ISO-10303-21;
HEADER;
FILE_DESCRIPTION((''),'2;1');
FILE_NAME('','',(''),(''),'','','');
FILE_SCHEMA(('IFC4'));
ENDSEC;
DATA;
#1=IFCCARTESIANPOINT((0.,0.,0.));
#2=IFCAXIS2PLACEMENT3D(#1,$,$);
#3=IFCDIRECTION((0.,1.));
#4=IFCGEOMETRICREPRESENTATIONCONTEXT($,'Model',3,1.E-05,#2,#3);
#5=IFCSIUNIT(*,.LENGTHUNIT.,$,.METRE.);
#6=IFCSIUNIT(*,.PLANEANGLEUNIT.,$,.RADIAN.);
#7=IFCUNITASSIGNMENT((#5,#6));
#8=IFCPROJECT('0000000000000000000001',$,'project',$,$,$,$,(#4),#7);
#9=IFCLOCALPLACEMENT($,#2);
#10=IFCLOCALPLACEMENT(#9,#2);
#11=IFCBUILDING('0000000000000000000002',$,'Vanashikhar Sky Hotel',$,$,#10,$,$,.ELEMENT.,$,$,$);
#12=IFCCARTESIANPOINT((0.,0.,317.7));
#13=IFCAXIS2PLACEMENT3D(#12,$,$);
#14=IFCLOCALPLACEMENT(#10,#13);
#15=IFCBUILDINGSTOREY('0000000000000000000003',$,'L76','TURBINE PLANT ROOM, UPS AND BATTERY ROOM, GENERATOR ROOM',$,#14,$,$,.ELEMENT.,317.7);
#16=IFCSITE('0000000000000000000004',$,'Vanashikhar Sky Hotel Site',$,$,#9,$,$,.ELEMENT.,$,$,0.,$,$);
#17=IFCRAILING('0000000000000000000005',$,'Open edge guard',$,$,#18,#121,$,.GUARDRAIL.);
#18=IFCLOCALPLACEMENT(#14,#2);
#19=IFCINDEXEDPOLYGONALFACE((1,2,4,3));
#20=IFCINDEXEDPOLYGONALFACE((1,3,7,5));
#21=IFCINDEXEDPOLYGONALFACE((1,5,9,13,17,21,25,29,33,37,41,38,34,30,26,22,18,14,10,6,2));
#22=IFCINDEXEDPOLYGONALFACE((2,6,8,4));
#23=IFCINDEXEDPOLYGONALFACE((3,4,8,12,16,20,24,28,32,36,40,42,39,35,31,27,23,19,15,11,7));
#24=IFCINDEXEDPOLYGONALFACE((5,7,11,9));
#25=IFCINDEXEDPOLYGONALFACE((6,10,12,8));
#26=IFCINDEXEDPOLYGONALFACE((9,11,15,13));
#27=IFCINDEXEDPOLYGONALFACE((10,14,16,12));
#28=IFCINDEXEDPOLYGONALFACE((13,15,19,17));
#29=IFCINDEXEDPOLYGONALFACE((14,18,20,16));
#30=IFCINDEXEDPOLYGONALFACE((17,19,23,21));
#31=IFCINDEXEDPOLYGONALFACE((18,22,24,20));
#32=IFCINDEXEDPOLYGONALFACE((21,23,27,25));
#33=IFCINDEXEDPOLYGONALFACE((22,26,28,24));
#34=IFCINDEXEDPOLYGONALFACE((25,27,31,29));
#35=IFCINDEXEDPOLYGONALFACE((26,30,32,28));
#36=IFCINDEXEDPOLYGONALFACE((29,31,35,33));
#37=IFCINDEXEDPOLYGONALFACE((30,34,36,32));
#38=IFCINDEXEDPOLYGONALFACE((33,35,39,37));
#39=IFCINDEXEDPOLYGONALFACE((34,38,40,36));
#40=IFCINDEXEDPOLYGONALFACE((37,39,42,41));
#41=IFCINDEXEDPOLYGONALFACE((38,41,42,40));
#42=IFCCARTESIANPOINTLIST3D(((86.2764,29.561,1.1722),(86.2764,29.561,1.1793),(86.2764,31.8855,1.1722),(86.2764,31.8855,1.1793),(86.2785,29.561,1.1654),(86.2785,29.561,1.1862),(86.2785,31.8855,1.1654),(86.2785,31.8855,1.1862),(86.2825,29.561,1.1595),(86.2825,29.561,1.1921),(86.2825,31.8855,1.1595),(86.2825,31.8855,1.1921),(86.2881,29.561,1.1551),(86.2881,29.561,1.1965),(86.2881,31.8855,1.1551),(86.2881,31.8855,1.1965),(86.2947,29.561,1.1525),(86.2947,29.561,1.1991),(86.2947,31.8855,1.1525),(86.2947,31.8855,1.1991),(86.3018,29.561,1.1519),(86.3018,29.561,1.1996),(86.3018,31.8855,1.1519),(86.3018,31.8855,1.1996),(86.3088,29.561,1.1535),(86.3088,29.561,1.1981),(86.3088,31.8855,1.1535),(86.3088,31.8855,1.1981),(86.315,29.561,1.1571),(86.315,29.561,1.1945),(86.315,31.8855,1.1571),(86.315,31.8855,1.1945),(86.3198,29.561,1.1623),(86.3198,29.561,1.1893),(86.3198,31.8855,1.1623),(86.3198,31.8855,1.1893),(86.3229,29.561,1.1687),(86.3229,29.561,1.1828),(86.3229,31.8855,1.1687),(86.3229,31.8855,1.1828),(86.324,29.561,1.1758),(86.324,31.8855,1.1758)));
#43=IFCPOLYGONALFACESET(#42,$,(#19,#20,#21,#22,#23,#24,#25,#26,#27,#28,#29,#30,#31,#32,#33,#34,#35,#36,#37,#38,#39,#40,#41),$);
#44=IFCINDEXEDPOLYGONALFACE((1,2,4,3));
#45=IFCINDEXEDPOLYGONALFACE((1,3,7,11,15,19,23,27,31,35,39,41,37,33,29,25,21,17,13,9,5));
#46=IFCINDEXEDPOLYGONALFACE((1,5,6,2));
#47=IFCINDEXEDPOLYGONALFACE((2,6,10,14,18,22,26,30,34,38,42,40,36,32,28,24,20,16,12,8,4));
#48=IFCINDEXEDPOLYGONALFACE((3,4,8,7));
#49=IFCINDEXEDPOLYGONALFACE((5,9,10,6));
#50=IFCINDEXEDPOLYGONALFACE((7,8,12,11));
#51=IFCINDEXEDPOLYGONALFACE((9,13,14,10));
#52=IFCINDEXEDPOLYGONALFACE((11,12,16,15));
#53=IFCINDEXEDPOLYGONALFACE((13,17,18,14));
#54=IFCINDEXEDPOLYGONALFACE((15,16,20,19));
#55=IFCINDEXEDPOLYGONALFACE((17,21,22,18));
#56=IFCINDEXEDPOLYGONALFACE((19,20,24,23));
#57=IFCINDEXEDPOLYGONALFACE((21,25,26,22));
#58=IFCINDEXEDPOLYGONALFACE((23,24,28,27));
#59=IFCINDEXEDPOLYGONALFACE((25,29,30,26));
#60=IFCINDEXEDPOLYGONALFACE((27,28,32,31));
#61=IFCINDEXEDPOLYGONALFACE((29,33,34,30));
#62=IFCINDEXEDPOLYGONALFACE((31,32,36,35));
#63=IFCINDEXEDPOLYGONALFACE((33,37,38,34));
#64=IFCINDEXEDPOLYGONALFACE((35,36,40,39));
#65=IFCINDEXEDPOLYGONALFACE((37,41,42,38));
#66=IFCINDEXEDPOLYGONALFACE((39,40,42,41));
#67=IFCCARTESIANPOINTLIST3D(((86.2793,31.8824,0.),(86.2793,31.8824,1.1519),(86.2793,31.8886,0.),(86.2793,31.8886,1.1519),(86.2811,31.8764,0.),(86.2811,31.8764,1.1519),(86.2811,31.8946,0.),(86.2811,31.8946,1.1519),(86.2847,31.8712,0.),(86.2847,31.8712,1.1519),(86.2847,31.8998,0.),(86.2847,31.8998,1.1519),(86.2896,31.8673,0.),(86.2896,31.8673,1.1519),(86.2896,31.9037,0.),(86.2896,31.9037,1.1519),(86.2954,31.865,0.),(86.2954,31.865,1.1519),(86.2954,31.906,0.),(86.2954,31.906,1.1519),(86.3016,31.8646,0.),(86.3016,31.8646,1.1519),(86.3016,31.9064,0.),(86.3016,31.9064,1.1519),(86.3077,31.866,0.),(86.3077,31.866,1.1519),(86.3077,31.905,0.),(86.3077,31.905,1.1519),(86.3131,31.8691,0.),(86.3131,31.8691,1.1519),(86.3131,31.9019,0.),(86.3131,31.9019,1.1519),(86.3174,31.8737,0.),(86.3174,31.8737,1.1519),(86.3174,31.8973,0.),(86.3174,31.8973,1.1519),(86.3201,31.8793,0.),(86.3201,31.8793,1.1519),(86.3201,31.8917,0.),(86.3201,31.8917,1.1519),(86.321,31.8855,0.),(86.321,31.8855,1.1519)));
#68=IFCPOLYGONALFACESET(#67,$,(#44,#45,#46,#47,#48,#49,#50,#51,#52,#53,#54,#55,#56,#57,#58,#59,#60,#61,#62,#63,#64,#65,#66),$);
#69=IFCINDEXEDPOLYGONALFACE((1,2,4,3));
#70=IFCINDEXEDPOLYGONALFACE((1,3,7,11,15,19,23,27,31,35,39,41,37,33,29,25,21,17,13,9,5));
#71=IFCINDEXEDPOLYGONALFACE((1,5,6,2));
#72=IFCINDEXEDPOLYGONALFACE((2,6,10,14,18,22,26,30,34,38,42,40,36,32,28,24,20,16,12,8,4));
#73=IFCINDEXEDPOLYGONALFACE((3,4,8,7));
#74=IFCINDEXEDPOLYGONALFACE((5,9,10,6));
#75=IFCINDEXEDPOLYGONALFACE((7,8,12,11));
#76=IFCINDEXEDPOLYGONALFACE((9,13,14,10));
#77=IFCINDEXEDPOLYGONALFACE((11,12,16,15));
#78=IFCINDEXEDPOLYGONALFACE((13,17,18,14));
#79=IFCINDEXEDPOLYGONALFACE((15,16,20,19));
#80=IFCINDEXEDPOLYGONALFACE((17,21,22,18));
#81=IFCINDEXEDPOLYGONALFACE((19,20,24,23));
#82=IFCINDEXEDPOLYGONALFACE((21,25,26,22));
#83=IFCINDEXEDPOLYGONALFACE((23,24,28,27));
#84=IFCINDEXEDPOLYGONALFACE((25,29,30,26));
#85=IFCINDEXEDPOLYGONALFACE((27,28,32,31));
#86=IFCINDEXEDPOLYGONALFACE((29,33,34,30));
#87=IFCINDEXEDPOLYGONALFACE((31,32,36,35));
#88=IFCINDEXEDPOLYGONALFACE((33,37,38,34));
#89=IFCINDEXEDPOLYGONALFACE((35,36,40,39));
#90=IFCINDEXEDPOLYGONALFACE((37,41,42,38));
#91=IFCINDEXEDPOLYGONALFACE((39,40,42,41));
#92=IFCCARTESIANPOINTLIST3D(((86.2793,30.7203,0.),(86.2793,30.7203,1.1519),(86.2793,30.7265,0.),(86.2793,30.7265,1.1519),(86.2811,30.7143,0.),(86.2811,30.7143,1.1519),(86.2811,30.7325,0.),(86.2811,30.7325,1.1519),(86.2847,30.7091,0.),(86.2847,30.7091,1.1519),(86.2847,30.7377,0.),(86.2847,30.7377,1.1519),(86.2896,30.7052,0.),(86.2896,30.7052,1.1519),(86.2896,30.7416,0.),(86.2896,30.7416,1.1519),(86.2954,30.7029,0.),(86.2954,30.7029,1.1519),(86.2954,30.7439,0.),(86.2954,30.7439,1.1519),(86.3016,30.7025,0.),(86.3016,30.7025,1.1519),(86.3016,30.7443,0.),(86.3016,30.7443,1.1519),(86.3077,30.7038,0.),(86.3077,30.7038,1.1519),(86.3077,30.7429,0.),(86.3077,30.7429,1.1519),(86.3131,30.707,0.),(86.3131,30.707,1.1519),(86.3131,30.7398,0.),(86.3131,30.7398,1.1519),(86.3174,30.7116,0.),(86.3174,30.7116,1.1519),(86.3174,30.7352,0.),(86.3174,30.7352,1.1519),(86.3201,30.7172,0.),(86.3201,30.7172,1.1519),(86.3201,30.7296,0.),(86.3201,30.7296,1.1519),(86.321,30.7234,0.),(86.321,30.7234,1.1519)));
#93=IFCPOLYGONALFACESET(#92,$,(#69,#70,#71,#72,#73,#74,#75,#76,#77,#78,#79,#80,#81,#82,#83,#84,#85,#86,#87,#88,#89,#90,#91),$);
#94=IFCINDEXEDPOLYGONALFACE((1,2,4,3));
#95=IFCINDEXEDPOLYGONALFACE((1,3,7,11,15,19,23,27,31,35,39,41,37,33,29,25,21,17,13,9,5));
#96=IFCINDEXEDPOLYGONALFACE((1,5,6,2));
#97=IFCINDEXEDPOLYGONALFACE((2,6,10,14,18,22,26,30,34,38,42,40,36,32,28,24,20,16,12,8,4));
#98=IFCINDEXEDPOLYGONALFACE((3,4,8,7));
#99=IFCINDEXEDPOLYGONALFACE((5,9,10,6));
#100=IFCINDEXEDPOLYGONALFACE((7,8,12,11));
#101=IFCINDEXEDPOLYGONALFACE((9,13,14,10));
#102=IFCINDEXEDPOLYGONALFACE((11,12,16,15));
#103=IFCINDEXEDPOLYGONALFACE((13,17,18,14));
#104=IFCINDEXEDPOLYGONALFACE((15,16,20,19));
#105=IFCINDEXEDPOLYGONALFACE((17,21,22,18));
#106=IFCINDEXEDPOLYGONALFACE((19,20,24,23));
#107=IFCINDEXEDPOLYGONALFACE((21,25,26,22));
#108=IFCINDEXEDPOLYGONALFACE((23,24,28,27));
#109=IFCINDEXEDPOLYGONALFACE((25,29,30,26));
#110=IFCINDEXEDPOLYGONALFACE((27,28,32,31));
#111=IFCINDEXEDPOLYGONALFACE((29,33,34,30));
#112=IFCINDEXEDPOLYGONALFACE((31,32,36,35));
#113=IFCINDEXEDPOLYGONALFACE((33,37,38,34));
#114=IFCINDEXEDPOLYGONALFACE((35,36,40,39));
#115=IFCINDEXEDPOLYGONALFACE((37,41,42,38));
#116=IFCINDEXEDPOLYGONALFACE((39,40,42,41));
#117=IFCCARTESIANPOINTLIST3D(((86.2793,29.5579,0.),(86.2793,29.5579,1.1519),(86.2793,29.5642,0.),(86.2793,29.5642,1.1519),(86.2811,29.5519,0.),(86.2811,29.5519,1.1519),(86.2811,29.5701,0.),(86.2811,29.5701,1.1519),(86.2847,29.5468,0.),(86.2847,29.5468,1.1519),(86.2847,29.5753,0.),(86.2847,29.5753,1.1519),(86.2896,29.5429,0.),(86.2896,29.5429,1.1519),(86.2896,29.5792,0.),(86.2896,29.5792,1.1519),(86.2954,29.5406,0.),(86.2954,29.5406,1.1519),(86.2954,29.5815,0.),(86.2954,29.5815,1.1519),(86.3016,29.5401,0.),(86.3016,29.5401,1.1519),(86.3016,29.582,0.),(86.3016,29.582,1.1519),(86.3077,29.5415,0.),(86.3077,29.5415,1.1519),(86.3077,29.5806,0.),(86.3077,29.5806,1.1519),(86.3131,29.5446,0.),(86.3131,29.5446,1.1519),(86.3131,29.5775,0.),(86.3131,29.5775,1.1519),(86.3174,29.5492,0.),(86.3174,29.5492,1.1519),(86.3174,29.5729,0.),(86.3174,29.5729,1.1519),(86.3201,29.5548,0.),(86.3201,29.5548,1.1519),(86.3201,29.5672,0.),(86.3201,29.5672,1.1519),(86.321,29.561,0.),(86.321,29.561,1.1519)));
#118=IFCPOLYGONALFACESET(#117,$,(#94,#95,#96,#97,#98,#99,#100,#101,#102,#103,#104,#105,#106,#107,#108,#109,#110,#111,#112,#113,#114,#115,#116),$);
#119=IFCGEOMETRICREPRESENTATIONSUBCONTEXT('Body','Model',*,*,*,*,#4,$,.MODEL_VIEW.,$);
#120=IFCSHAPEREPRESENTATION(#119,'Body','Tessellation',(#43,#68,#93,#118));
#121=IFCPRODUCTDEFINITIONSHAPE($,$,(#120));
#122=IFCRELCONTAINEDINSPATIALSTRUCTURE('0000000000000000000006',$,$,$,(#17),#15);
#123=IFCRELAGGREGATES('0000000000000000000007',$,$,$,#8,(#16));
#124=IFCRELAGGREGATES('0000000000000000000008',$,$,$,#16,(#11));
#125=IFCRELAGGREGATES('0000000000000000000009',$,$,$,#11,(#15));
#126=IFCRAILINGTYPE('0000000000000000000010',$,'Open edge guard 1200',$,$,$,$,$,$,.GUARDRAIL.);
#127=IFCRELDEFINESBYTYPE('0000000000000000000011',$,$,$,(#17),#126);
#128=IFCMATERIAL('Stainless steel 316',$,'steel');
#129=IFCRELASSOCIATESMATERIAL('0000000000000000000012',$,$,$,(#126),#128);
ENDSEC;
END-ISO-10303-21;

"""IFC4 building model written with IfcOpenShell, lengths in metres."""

from ifc_helpers import new_model, si_unit, direction, frame, origin, origin_2d, place, context, subcontext, project, spatial, circle, extrude, source, transform, mapped, material, type_object, element, save


model = new_model("IFC4")

# Units and contexts
model_context = context("Model", 3, precision=1e-05, world=origin(), true_north=direction((0.0, 1.0)))
body_context = subcontext(model_context, "Body", "Model", "MODEL_VIEW")
ifc_project = project(units=[si_unit("LENGTHUNIT", "METRE"), si_unit("PLANEANGLEUNIT", "RADIAN")], contexts=[model_context])

# Site, building, storey
site_placement = place(None, origin())
site = spatial("IfcSite", under=ifc_project, at=site_placement, Name="Vanashikhar Sky Hotel Site", CompositionType="ELEMENT", RefElevation=0.0)
building_placement = place(site_placement, origin())
building = spatial("IfcBuilding", under=site, at=building_placement, Name="Vanashikhar Sky Hotel", CompositionType="ELEMENT")
storey_placement = place(building_placement, frame((0.0, 0.0, 317.7)))
storey = spatial("IfcBuildingStorey", under=building, at=storey_placement, Name="L76", Description="TURBINE PLANT ROOM, UPS AND BATTERY ROOM, GENERATOR ROOM", CompositionType="ELEMENT", Elevation=317.7)

# Railing
ifc_material_1 = material(Name="Stainless steel 316", Category="steel")
railing_type = type_object("IfcRailingType", Name="Open edge guard 1200", PredefinedType="GUARDRAIL", material=ifc_material_1)
shared_shape_1 = source(origin(), body_context, "Body", "SweptSolid", [
    extrude(circle(Radius=0.0239, at=origin_2d()), frame((0.0, 0.0, 1.1758), z_axis=(0.0, -1.0, 0.0), x_axis=(1.0, 0.0, 0.0)), (0.0, 0.0, 1.0), 2.3245),
    extrude(circle(Radius=0.021, at=origin_2d()), origin(), (0.0, 0.0, 1.0), 1.1519),
    extrude(circle(Radius=0.021, at=origin_2d()), frame((0.0, -1.1621, 0.0)), (0.0, 0.0, 1.0), 1.1519),
    extrude(circle(Radius=0.021, at=origin_2d()), frame((0.0, -2.3245, 0.0)), (0.0, 0.0, 1.0), 1.1519),
])
for number, where, name in (
    (1, (86.3, 31.8855, 0.0), "Open edge guard"),
):
    element("IfcRailing", number, at=place(storey_placement, frame(where)), inside=storey, type_object=railing_type, Name=name, PredefinedType="GUARDRAIL", context=body_context, shape_type="MappedRepresentation", body=[
        mapped(shared_shape_1, transform((0.0, 0.0, 0.0), scale=1.0)),
    ])

save(model, "model.ifc")
